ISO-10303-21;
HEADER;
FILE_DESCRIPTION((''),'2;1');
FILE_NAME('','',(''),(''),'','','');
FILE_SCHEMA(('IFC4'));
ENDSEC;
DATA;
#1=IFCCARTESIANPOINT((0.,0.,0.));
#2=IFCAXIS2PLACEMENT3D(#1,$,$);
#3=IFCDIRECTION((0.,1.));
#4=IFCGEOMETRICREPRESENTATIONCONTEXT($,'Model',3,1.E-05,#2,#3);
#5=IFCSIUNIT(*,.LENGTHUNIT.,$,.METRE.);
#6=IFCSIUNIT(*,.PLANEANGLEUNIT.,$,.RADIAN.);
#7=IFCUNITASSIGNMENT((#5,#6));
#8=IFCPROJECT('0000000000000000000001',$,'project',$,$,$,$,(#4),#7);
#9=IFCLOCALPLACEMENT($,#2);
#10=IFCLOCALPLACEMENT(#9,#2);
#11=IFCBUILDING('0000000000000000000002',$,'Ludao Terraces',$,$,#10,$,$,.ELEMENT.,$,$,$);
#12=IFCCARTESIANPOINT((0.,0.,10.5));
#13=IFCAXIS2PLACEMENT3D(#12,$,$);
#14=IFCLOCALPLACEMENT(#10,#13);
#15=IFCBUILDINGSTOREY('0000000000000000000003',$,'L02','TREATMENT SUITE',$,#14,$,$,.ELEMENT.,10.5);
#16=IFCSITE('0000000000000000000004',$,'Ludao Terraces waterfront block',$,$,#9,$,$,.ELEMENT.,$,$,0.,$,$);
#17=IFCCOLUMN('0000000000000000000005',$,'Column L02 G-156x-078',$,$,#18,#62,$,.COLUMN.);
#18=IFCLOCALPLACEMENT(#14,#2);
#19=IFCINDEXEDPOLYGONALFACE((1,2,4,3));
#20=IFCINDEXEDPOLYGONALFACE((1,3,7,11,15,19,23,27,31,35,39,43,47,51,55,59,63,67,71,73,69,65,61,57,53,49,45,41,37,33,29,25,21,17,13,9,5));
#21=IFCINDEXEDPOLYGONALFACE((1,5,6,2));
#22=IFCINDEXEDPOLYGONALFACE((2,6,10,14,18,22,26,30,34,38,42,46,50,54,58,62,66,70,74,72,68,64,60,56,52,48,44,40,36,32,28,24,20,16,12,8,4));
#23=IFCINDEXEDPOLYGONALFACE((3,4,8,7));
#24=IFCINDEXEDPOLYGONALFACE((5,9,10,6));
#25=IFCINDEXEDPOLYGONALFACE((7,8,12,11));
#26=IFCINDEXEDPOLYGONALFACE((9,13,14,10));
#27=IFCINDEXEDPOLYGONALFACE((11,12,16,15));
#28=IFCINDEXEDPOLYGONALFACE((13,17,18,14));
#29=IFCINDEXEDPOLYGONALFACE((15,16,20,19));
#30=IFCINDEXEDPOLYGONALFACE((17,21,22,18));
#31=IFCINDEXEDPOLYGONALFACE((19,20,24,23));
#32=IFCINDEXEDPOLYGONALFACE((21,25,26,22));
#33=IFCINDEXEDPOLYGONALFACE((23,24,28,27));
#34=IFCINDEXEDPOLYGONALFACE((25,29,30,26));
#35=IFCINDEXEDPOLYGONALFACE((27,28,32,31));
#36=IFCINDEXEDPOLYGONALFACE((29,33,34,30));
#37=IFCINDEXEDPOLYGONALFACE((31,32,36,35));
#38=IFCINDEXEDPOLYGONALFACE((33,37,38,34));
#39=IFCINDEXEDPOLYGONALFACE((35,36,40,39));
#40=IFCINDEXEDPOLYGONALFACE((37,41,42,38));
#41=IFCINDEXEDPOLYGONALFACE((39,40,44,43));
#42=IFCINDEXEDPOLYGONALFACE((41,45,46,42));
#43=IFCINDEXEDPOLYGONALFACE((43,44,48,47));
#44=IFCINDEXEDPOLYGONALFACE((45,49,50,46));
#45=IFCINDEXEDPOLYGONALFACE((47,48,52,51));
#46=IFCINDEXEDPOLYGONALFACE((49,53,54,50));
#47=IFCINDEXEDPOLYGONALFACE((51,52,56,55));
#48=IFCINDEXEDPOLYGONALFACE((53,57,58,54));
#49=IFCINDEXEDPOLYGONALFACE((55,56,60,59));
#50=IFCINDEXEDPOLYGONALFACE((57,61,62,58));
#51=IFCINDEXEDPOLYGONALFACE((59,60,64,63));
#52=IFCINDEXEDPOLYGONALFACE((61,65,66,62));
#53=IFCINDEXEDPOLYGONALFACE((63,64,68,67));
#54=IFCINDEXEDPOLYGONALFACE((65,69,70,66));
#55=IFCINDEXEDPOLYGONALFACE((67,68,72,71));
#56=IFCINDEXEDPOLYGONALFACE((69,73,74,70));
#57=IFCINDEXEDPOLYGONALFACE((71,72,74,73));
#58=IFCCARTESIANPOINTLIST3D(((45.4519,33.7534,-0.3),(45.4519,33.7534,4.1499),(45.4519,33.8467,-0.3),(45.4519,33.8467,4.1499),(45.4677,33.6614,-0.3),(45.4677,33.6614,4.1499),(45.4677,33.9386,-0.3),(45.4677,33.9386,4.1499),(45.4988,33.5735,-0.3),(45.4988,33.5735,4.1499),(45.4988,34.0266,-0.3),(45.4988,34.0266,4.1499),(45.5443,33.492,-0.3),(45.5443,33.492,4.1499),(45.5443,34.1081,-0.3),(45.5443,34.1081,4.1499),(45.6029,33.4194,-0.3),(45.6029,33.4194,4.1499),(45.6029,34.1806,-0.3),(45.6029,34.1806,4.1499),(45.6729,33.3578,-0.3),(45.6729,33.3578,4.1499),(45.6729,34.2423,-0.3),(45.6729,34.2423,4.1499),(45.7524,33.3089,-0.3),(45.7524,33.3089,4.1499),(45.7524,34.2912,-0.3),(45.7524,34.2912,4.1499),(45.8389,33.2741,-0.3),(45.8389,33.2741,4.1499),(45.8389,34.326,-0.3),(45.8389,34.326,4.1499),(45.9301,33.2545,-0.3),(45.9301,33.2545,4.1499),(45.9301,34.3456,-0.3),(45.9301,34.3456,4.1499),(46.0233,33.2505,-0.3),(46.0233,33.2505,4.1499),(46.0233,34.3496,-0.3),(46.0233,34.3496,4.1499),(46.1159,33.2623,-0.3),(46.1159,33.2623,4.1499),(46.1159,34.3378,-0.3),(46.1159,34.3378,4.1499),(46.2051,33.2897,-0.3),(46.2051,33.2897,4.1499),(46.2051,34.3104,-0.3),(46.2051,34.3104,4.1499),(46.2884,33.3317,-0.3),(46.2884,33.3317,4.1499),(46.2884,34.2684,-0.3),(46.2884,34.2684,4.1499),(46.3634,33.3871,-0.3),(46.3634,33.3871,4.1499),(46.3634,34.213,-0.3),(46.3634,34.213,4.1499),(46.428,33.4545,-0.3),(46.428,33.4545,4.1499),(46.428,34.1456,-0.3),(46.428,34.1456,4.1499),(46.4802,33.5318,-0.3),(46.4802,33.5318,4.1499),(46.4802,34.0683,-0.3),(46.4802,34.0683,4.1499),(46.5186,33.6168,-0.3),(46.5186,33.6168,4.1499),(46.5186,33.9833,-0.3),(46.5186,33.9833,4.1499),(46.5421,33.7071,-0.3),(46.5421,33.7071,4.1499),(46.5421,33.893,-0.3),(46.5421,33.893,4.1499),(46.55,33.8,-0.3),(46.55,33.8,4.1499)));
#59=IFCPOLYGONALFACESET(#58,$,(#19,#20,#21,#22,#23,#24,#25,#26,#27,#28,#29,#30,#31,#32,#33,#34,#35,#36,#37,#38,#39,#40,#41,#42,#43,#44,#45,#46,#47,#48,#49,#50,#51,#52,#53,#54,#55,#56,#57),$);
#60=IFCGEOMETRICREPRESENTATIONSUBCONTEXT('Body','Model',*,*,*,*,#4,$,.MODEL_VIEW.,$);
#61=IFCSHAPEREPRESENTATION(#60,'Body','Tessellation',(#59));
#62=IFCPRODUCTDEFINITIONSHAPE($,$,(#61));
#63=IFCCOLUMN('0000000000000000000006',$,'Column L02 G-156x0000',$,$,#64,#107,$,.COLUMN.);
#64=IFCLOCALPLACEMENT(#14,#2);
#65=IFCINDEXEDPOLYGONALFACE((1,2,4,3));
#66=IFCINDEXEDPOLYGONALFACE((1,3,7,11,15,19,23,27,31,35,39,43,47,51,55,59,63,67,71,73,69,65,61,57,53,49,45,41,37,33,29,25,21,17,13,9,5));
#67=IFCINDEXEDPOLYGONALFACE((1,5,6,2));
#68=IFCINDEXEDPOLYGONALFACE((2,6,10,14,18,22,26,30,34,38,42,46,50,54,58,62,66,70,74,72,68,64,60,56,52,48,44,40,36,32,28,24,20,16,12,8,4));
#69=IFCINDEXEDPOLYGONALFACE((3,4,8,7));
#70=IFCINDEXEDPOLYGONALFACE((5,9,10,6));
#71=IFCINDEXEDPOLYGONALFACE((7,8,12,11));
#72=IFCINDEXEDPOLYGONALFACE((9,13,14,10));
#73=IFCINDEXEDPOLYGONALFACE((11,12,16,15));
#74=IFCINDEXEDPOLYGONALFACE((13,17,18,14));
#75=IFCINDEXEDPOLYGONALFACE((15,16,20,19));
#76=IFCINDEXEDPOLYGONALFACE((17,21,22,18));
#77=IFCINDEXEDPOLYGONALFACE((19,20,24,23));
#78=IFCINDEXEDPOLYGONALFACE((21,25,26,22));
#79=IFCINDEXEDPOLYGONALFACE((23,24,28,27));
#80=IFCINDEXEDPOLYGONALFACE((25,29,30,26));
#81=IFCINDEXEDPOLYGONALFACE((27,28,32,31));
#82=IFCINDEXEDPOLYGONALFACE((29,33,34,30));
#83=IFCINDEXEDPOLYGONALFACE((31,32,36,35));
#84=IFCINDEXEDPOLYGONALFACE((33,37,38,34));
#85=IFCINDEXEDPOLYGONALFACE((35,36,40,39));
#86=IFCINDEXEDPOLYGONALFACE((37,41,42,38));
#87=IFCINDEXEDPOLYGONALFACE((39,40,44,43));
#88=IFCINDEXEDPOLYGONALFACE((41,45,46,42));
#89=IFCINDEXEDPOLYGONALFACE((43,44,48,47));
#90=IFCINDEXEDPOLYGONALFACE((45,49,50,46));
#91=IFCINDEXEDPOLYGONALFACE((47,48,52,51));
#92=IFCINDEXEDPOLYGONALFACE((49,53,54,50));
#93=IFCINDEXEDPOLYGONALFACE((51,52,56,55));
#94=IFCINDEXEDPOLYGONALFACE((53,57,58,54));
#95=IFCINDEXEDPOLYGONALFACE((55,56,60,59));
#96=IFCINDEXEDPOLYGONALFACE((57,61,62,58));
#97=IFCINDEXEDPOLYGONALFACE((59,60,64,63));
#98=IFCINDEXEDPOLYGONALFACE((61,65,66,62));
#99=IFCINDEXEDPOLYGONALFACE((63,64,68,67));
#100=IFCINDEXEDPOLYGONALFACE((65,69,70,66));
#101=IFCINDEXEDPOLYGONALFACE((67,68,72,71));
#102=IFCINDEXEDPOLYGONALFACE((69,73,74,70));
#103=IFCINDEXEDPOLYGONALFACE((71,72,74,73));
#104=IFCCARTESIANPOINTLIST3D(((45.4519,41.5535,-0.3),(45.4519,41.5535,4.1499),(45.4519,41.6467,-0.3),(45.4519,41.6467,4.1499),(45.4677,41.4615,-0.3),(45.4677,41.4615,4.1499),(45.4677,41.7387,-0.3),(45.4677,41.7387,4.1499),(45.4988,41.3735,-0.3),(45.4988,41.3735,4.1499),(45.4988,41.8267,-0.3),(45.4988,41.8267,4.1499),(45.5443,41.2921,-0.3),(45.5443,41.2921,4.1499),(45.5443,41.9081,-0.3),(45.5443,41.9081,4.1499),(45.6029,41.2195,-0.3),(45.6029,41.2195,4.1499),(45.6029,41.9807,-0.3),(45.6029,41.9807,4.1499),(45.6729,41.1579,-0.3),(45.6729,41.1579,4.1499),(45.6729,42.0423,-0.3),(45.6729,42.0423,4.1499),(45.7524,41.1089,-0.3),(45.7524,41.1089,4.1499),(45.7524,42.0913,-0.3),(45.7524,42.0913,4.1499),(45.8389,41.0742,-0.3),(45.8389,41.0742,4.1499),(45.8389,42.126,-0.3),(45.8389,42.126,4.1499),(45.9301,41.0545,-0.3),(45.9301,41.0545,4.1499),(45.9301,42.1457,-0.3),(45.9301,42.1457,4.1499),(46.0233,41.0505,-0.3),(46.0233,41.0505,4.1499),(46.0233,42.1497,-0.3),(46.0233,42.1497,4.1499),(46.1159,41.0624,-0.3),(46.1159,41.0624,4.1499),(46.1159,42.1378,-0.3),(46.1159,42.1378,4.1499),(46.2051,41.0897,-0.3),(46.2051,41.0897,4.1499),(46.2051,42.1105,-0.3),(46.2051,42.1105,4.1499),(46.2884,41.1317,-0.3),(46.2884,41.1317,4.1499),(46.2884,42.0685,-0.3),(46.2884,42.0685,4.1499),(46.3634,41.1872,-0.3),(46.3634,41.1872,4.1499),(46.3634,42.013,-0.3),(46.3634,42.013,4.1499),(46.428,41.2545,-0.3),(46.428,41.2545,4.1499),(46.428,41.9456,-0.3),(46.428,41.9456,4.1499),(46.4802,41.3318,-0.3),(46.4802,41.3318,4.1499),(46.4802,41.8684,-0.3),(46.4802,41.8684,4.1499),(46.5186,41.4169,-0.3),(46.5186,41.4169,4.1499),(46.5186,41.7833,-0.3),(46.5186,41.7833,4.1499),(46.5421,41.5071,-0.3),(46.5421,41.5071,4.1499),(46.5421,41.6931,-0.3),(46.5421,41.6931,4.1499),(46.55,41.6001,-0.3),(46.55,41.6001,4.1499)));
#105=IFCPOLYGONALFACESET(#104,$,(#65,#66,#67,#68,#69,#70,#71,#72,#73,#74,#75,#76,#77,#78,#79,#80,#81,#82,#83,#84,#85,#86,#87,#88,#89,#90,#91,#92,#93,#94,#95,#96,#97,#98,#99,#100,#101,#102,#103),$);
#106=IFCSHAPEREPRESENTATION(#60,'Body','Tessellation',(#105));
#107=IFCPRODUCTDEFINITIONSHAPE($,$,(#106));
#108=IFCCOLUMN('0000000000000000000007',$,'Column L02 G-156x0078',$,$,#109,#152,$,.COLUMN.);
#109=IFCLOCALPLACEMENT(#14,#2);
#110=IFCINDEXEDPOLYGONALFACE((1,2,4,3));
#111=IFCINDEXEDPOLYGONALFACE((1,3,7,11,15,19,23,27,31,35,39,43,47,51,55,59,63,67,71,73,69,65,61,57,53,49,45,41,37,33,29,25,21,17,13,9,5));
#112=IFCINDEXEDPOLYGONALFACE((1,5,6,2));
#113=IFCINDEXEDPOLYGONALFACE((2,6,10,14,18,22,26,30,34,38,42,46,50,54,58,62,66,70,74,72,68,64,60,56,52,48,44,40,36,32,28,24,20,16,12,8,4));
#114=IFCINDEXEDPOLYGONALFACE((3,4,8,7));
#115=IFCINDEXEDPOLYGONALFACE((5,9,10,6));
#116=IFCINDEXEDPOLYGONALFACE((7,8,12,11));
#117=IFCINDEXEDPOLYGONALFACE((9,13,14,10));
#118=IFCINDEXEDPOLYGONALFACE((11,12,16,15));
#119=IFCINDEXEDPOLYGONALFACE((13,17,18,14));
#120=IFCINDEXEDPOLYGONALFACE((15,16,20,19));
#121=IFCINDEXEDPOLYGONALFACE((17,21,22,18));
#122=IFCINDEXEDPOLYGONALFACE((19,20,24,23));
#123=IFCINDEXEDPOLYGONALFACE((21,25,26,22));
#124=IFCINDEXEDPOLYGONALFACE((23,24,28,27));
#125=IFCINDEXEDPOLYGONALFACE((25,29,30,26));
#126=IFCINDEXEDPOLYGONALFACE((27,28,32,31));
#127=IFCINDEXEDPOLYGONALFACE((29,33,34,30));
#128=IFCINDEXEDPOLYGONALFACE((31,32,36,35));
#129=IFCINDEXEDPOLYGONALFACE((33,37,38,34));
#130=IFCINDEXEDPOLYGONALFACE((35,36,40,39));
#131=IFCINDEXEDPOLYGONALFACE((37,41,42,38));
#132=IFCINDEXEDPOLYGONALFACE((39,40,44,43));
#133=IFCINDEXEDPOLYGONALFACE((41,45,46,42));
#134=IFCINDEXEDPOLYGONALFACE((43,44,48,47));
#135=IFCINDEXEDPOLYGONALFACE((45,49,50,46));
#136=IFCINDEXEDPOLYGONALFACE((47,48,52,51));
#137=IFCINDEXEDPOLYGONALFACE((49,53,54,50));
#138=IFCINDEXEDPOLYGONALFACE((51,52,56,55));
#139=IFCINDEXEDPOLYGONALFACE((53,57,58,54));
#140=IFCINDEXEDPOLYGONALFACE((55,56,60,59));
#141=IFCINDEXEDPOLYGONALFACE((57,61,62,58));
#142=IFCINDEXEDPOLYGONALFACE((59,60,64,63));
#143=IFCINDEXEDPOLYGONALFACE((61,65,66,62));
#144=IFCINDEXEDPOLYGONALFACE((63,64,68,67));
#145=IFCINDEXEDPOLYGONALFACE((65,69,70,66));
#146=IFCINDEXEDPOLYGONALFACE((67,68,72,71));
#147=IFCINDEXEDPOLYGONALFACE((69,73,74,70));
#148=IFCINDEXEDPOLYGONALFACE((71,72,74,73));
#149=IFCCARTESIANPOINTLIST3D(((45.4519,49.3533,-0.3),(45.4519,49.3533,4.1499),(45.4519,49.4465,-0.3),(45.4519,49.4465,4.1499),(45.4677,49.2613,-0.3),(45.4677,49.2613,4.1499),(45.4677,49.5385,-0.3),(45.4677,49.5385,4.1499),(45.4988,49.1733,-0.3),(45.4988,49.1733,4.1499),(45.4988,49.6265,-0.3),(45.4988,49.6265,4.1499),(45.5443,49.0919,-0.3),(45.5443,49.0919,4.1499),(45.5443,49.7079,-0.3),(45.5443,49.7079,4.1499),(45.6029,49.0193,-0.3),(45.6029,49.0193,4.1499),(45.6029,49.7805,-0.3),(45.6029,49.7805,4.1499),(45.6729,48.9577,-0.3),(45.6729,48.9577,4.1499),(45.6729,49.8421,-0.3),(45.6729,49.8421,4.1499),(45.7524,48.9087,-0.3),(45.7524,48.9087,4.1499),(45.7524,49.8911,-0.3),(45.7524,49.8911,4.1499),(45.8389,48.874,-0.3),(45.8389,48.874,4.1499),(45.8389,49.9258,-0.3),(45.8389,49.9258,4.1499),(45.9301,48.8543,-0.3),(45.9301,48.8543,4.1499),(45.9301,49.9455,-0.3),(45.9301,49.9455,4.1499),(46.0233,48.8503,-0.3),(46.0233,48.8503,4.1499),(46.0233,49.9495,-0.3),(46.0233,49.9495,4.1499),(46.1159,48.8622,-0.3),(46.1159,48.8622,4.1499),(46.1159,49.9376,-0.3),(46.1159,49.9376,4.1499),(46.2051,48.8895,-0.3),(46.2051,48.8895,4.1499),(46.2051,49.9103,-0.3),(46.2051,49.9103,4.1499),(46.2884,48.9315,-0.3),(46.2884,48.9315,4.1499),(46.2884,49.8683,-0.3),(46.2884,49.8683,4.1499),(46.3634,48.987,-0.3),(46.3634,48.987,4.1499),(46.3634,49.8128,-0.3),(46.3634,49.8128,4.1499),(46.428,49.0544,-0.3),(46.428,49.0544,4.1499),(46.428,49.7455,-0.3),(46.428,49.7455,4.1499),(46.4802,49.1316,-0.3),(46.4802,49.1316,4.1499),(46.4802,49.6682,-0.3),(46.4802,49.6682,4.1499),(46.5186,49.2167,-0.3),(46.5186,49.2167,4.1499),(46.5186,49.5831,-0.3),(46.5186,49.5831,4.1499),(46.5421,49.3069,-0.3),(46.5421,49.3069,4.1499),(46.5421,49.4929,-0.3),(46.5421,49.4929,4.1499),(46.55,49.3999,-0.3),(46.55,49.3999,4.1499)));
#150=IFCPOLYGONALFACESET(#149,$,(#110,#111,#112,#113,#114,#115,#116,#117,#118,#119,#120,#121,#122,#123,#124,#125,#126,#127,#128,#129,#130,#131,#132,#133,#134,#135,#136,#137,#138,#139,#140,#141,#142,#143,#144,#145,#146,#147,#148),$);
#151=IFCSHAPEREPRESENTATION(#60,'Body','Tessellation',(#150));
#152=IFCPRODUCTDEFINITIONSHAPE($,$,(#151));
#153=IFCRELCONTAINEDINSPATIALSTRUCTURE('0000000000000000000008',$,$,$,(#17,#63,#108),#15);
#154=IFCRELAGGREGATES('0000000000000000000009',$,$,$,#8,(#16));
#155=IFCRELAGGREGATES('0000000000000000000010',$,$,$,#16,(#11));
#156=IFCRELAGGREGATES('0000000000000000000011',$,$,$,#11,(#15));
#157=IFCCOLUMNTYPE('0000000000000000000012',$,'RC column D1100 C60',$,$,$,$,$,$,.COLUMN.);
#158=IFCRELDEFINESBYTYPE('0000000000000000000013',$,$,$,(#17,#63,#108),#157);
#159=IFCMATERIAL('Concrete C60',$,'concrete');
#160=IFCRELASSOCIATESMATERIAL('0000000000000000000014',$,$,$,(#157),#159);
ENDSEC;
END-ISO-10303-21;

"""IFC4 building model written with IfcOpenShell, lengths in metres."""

from ifc_helpers import new_model, si_unit, direction, frame, origin, origin_2d, place, context, subcontext, project, spatial, circle, extrude, material, material_profile, profile_set, type_object, element, save


model = new_model("IFC4")

# Units and contexts
model_context = context("Model", 3, precision=1e-05, world=origin(), true_north=direction((0.0, 1.0)))
body_context = subcontext(model_context, "Body", "Model", "MODEL_VIEW")
ifc_project = project(units=[si_unit("LENGTHUNIT", "METRE"), si_unit("PLANEANGLEUNIT", "RADIAN")], contexts=[model_context])

# Site, building, storey
site_placement = place(None, origin())
site = spatial("IfcSite", under=ifc_project, at=site_placement, Name="Ludao Terraces waterfront block", CompositionType="ELEMENT", RefElevation=0.0)
building_placement = place(site_placement, origin())
building = spatial("IfcBuilding", under=site, at=building_placement, Name="Ludao Terraces", CompositionType="ELEMENT")
storey_placement = place(building_placement, frame((0.0, 0.0, 10.5)))
storey = spatial("IfcBuildingStorey", under=building, at=storey_placement, Name="L02", Description="TREATMENT SUITE", CompositionType="ELEMENT", Elevation=10.5)

# Columns
ifc_material_1 = material(Name="Concrete C60", Category="concrete")
ifc_material_profile = material_profile(ifc_material_1, circle(Radius=0.55, at=origin_2d()), Name="D1100")
ifc_profile_set = profile_set([ifc_material_profile], Name="Concrete C60")
column_type = type_object("IfcColumnType", Name="RC column D1100 C60", PredefinedType="COLUMN", material=ifc_profile_set)
for number, where, z_axis, x_axis, name in (
    (1, (46.0, 33.8, -0.3), (0.0, 0.0, 1.0), (1.0, 0.0, 0.0), "Column L02 G-156x-078"),
    (2, (46.0, 41.6001, -0.3), (0.0, 0.0, 1.0), (1.0, 0.0, 0.0), "Column L02 G-156x0000"),
    (3, (46.0, 49.3999, -0.3), (0.0, 0.0, 1.0), (1.0, 0.0, 0.0), "Column L02 G-156x0078"),
):
    element("IfcColumn", number, at=place(storey_placement, frame(where, z_axis=z_axis, x_axis=x_axis)), inside=storey, type_object=column_type, Name=name, PredefinedType="COLUMN", context=body_context, shape_type="SweptSolid", body=[
        extrude(circle(Radius=0.55, at=origin_2d()), origin(), (0.0, 0.0, 1.0), 4.45),
    ])

save(model, "model.ifc")
